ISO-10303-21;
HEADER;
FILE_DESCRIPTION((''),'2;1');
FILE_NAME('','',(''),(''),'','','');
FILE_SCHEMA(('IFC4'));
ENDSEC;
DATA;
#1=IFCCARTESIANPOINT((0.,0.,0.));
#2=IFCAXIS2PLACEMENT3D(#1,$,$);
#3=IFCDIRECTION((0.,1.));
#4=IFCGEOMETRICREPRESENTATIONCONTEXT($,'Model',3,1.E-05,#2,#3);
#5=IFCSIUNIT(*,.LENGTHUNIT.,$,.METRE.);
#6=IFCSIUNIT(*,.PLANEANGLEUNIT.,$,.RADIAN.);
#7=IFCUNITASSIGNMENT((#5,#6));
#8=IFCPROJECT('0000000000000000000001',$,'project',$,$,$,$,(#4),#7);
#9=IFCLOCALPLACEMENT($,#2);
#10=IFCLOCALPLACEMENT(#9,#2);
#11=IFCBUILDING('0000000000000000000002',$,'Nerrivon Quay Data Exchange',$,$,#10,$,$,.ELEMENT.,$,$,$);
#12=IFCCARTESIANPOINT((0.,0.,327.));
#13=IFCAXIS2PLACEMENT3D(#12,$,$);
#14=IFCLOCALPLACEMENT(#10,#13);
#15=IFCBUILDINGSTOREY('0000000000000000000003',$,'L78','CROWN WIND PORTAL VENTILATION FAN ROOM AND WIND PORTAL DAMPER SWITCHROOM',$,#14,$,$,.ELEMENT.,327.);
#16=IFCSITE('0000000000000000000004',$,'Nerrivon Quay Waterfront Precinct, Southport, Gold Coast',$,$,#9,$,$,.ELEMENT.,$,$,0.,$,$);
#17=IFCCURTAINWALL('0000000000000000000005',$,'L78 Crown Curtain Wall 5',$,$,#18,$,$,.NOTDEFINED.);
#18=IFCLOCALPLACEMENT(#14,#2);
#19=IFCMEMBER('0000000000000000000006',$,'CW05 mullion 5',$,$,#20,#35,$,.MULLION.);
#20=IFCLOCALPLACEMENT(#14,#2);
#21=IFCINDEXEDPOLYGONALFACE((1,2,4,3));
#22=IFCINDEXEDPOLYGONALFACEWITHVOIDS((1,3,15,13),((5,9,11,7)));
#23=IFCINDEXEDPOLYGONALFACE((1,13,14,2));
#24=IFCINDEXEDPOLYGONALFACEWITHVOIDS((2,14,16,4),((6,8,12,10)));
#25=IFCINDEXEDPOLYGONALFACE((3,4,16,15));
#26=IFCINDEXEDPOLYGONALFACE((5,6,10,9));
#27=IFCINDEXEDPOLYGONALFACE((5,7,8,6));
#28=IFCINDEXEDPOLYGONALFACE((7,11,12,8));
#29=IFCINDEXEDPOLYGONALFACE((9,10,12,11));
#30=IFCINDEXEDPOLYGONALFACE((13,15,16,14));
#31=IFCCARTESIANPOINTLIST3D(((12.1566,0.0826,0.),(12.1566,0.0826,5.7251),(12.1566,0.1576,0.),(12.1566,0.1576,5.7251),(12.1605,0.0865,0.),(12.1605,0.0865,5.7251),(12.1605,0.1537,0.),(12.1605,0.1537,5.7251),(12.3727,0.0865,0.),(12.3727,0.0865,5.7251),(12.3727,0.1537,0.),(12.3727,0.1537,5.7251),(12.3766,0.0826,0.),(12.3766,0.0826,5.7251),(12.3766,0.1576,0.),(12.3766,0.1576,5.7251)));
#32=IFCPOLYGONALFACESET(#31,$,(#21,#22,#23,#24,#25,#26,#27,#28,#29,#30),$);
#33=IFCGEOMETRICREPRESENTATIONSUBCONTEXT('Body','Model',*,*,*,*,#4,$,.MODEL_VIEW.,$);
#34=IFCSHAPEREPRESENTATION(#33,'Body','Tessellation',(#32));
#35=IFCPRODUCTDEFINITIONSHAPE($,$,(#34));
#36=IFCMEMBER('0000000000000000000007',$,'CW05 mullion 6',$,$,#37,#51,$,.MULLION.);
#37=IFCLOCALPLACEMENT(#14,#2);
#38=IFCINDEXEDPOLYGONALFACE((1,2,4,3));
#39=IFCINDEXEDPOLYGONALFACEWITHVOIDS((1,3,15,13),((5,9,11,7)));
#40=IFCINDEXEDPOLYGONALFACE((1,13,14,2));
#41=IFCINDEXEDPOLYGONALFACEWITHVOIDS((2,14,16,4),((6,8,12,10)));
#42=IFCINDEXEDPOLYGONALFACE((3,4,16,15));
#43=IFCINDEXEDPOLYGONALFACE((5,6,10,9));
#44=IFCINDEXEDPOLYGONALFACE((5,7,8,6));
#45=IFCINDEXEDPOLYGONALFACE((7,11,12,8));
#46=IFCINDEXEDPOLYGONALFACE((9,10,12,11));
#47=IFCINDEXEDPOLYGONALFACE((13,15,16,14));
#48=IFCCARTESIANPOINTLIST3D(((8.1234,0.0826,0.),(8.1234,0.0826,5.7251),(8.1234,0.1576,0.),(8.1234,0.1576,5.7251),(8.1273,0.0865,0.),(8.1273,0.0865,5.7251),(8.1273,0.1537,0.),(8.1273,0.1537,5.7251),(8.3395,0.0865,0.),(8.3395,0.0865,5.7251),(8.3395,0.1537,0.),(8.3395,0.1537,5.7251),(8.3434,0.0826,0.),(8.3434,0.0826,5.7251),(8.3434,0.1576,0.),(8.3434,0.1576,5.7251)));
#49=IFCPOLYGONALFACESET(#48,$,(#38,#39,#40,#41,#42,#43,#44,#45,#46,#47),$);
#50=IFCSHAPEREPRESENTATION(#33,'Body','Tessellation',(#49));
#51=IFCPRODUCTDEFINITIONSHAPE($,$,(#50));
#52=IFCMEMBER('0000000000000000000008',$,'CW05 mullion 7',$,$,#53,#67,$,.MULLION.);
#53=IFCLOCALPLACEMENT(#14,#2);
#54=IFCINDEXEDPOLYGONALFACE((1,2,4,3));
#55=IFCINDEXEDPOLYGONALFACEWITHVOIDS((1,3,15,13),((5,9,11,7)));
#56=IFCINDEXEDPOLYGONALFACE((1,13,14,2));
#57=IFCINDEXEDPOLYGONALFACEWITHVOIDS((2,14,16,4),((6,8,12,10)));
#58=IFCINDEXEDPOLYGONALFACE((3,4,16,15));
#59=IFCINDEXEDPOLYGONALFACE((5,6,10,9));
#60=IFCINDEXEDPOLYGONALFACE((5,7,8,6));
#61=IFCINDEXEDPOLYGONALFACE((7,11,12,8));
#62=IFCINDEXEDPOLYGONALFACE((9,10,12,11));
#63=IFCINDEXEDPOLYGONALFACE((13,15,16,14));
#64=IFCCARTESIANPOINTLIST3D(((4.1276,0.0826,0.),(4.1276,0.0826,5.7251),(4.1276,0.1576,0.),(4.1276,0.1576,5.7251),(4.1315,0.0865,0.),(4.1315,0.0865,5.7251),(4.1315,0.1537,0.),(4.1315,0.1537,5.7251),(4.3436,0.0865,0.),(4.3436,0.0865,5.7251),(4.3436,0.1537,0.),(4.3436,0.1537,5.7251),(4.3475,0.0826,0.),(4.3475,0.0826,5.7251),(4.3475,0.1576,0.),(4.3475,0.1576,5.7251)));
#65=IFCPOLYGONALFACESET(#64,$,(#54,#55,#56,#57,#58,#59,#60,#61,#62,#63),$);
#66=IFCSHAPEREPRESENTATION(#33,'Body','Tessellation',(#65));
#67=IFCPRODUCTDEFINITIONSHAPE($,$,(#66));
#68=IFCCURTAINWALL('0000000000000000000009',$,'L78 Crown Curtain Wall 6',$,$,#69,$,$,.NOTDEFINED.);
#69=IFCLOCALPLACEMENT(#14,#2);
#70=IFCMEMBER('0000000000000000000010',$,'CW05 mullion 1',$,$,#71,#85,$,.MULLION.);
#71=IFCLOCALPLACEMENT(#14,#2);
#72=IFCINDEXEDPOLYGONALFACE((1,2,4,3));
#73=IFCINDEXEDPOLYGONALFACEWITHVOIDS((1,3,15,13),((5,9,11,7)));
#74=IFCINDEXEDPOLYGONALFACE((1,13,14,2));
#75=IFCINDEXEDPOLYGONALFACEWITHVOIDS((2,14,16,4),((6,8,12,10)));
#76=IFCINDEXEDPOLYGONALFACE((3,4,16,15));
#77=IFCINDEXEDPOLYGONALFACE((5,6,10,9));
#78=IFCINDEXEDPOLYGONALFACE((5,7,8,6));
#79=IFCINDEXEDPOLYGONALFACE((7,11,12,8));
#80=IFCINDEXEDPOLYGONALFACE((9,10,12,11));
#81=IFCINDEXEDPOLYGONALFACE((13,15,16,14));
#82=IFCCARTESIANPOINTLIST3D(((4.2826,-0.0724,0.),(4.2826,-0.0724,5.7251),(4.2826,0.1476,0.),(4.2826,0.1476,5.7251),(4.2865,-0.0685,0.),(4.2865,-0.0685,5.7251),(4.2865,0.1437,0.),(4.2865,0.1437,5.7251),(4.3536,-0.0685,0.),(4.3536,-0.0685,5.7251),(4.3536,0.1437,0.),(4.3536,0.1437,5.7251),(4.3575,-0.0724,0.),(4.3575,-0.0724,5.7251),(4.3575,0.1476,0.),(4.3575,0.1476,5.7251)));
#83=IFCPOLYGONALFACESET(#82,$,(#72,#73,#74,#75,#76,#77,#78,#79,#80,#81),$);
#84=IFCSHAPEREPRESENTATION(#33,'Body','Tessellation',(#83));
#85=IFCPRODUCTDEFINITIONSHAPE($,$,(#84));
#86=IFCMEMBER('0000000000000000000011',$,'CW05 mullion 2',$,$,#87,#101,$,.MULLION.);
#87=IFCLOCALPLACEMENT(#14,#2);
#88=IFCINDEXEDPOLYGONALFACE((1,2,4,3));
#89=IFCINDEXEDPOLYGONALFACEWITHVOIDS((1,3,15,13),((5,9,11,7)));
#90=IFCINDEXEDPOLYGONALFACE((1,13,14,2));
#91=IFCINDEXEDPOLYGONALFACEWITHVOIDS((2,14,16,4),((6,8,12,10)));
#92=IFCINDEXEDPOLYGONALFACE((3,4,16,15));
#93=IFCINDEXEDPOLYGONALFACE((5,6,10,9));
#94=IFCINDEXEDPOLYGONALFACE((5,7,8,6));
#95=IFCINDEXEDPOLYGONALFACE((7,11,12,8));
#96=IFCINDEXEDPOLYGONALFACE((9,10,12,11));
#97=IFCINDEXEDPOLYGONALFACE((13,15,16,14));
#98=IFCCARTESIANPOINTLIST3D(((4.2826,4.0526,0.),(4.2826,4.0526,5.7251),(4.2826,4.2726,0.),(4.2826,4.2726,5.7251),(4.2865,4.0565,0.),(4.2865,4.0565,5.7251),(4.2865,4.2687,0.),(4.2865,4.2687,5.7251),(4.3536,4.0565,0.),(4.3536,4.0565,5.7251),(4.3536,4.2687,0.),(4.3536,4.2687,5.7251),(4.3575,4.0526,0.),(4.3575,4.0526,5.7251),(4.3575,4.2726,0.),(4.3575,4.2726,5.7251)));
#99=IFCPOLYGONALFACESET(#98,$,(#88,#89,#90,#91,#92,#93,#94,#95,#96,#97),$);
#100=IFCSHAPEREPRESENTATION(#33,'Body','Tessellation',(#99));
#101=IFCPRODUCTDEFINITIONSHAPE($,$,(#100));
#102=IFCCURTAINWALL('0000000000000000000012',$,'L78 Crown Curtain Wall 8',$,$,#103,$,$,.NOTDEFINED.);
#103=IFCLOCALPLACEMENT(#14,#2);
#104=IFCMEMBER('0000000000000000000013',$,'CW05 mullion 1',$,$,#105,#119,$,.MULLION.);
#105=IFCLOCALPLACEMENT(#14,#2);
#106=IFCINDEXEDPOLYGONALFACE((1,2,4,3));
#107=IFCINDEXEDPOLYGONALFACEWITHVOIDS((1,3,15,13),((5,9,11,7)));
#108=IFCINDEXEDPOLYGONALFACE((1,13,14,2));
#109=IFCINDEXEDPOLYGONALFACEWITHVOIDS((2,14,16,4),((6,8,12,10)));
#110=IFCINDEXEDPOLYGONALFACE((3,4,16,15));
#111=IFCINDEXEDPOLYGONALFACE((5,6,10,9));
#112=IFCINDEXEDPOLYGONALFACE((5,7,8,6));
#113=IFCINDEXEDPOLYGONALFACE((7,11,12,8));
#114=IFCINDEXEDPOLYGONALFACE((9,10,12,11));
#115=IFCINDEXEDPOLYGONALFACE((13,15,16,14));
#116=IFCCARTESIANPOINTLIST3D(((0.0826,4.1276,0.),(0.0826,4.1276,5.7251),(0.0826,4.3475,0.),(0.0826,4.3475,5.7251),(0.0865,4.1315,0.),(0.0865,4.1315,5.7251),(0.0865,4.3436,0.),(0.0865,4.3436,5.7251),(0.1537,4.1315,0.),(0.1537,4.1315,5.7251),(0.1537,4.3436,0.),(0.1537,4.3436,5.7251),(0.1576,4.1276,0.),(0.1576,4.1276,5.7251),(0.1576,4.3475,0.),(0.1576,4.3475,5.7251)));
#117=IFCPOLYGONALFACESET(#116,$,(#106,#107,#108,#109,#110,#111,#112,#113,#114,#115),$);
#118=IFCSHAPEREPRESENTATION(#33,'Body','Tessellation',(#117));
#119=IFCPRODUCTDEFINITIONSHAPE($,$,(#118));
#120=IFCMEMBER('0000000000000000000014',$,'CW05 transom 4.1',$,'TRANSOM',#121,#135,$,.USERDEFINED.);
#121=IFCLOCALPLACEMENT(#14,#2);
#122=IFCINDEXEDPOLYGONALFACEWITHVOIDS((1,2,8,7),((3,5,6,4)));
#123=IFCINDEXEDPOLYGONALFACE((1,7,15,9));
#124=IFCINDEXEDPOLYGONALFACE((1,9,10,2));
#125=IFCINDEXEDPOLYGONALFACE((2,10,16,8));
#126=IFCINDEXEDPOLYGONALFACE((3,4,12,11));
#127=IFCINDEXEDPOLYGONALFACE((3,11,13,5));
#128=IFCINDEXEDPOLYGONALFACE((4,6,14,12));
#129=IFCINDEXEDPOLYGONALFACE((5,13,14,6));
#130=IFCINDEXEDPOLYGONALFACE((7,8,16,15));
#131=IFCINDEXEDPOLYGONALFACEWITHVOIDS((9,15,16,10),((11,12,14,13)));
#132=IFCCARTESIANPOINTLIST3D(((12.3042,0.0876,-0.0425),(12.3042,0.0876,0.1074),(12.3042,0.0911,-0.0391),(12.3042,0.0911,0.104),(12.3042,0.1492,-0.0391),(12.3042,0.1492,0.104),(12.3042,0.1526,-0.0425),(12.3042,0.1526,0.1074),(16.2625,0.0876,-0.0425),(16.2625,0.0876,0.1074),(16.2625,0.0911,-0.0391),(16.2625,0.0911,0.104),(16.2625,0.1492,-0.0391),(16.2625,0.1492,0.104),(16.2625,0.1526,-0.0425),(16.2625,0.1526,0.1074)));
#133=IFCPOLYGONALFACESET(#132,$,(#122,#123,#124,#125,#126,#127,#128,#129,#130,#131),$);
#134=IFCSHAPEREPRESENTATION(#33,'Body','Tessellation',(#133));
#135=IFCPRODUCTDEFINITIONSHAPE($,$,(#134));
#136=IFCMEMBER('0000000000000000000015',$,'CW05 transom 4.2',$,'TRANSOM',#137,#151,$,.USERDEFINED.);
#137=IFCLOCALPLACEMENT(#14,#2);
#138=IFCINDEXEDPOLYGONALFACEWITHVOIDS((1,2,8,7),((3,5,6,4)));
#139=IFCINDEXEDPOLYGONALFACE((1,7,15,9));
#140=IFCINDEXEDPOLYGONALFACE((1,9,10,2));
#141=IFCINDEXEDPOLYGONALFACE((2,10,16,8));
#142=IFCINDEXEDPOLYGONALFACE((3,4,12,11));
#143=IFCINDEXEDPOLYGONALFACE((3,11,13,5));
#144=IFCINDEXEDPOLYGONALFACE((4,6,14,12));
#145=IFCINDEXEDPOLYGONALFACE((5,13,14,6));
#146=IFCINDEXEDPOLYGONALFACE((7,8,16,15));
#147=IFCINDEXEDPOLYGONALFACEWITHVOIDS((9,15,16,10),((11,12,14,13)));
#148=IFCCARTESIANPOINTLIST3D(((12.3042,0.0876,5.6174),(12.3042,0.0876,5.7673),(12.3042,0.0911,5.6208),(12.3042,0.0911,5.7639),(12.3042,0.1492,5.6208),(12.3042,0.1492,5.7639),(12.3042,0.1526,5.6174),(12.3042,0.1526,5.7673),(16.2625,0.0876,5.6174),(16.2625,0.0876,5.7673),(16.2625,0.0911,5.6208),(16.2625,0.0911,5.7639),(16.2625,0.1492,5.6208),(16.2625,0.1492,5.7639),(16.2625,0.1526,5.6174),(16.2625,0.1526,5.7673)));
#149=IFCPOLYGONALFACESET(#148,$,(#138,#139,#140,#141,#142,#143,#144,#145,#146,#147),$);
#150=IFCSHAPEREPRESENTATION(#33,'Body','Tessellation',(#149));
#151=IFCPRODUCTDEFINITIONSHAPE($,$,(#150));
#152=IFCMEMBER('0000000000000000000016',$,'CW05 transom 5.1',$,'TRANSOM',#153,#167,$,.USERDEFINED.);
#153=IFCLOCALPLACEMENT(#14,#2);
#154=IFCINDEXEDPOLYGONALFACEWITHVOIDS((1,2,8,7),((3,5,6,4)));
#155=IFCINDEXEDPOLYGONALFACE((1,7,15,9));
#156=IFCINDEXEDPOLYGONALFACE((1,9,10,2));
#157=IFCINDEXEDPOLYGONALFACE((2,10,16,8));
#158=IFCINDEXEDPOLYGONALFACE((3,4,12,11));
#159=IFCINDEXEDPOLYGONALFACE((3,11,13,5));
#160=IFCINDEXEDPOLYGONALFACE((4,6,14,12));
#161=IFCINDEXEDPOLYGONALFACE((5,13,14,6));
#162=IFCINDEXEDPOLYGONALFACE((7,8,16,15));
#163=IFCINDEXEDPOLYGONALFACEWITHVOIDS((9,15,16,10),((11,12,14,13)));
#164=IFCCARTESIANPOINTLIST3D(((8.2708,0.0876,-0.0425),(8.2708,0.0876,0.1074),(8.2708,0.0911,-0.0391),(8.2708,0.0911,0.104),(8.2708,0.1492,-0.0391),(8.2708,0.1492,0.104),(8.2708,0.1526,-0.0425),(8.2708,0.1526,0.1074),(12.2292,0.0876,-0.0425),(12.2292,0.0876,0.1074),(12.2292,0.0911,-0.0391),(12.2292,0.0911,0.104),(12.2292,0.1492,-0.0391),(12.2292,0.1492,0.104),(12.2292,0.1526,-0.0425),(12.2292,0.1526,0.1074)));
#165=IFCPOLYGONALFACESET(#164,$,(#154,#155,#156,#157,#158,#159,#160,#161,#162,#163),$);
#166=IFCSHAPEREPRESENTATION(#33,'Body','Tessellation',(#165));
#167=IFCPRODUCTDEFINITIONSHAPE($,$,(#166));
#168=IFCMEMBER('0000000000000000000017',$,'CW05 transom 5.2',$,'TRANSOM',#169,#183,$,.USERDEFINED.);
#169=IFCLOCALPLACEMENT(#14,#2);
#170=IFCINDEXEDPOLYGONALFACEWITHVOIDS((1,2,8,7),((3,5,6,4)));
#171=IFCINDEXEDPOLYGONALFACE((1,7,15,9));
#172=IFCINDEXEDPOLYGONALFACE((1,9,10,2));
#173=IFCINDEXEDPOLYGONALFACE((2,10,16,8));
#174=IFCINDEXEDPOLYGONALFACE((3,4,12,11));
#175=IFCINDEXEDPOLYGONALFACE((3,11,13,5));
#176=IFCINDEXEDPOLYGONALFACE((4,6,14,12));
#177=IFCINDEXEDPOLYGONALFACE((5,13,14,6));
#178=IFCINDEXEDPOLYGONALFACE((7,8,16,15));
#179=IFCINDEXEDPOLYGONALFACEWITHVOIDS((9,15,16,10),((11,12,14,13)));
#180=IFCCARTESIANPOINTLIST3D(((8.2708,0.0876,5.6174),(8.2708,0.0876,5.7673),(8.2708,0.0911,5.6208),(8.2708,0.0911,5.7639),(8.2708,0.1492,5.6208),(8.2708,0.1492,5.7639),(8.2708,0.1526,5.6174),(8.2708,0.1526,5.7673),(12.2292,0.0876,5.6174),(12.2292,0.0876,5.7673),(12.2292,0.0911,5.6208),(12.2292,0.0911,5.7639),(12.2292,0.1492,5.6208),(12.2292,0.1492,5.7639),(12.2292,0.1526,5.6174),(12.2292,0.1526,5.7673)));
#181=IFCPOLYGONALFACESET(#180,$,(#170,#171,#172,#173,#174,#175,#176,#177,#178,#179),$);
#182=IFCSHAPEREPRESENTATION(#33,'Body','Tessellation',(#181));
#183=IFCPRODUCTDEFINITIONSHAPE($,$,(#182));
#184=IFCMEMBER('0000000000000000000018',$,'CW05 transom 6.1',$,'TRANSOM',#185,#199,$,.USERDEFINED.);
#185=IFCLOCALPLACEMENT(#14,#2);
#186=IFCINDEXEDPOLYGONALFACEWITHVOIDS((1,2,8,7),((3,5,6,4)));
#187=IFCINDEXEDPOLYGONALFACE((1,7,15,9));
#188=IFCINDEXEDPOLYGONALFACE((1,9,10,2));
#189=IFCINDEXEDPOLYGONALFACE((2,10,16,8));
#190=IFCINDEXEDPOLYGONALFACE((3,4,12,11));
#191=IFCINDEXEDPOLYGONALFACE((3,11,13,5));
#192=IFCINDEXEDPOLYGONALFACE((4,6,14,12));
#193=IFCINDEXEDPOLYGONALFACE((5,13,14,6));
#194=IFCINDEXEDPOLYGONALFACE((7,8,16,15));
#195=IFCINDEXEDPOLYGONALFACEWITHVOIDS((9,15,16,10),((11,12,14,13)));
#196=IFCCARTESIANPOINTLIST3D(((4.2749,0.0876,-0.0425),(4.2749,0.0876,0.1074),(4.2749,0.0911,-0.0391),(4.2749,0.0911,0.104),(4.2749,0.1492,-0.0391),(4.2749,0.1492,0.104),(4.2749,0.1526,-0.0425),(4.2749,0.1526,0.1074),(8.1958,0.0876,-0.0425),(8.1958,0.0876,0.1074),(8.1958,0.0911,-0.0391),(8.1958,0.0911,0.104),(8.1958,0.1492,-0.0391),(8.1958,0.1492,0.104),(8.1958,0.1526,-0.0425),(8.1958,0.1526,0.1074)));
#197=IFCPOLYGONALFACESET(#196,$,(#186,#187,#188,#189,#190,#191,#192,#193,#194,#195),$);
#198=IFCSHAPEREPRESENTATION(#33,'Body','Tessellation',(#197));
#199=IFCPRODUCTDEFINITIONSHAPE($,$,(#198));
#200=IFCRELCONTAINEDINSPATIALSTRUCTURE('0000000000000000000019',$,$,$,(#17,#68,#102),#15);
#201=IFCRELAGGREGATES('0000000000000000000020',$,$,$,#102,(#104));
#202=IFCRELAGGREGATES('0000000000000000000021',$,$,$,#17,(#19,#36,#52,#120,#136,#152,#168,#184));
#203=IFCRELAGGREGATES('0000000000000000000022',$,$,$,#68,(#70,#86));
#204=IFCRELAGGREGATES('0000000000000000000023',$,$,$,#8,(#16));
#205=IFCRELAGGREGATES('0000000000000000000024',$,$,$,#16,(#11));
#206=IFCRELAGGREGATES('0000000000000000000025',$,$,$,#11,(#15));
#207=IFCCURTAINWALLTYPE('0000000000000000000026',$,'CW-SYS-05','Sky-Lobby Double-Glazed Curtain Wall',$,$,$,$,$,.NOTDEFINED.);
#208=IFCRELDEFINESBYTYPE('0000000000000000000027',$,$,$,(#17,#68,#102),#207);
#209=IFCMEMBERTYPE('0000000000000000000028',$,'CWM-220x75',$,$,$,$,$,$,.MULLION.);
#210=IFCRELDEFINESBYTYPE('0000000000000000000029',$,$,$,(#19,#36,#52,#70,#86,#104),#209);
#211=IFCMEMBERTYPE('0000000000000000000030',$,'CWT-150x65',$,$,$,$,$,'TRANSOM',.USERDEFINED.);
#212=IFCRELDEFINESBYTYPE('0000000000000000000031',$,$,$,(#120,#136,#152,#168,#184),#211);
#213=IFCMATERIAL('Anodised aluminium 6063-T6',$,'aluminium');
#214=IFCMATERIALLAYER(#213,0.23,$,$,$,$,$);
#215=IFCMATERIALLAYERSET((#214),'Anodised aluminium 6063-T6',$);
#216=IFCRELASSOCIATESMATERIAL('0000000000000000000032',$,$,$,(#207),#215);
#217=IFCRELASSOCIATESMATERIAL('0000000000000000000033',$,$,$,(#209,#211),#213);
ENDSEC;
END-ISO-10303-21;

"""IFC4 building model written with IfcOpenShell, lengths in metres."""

from ifc_helpers import new_model, si_unit, direction, frame, origin, origin_2d, place, context, subcontext, project, spatial, hollow_rectangle, extrude, material, layer, layer_set, material_profile, profile_set, type_object, element, aggregate, save


model = new_model("IFC4")

# Units and contexts
model_context = context("Model", 3, precision=1e-05, world=origin(), true_north=direction((0.0, 1.0)))
body_context = subcontext(model_context, "Body", "Model", "MODEL_VIEW")
ifc_project = project(units=[si_unit("LENGTHUNIT", "METRE"), si_unit("PLANEANGLEUNIT", "RADIAN")], contexts=[model_context])

# Site, building, storey
site_placement = place(None, origin())
site = spatial("IfcSite", under=ifc_project, at=site_placement, Name="Nerrivon Quay Waterfront Precinct, Southport, Gold Coast", CompositionType="ELEMENT", RefElevation=0.0)
building_placement = place(site_placement, origin())
building = spatial("IfcBuilding", under=site, at=building_placement, Name="Nerrivon Quay Data Exchange", CompositionType="ELEMENT")
storey_placement = place(building_placement, frame((0.0, 0.0, 327.0)))
storey = spatial("IfcBuildingStorey", under=building, at=storey_placement, Name="L78", Description="CROWN WIND PORTAL VENTILATION FAN ROOM AND WIND PORTAL DAMPER SWITCHROOM", CompositionType="ELEMENT", Elevation=327.0)

# Curtain walls, members
ifc_material_1 = material(Name="Anodised aluminium 6063-T6", Category="aluminium")
ifc_layer_1 = layer(ifc_material_1, 0.23)
ifc_layer_set_1 = layer_set([ifc_layer_1], Name="Anodised aluminium 6063-T6")
curtain_wall_type = type_object("IfcCurtainWallType", Name="CW-SYS-05", Description="Sky-Lobby Double-Glazed Curtain Wall", PredefinedType="NOTDEFINED", material=ifc_layer_set_1)
curtain_wall_1_placement = place(storey_placement, origin())
curtain_wall_1 = element("IfcCurtainWall", 1, at=curtain_wall_1_placement, inside=storey, type_object=curtain_wall_type, Name="L78 Crown Curtain Wall 5", PredefinedType="NOTDEFINED")
ifc_material_profile_1 = material_profile(ifc_material_1, hollow_rectangle(XDim=0.075, YDim=0.22, WallThickness=0.0039, at=origin_2d()), Name="ALU-MULL-220x75")
ifc_profile_set_1 = profile_set([ifc_material_profile_1], Name="Anodised aluminium 6063-T6")
member_type_1 = type_object("IfcMemberType", Name="CWM-220x75", PredefinedType="MULLION", material=ifc_profile_set_1)
member_1_placement = place(storey_placement, frame((12.2666, 0.1201, 0.0), z_axis=(0.0, 0.0, 1.0), x_axis=(0.0, -1.0, 0.0)))
member_1 = element("IfcMember", 2, at=member_1_placement, type_object=member_type_1, Name="CW05 mullion 5", PredefinedType="MULLION", context=body_context, shape_type="SweptSolid", body=[
    extrude(hollow_rectangle(XDim=0.075, YDim=0.22, WallThickness=0.0039, at=origin_2d()), origin(), (0.0, 0.0, 1.0), 5.7251),
])
member_2_placement = place(storey_placement, frame((8.2334, 0.1201, 0.0), z_axis=(0.0, 0.0, 1.0), x_axis=(0.0, -1.0, 0.0)))
member_2 = element("IfcMember", 3, at=member_2_placement, type_object=member_type_1, Name="CW05 mullion 6", PredefinedType="MULLION", context=body_context, shape_type="SweptSolid", body=[
    extrude(hollow_rectangle(XDim=0.075, YDim=0.22, WallThickness=0.0039, at=origin_2d()), origin(), (0.0, 0.0, 1.0), 5.7251),
])
member_3_placement = place(storey_placement, frame((4.2375, 0.1201, 0.0), z_axis=(0.0, 0.0, 1.0), x_axis=(0.0, -1.0, 0.0)))
member_3 = element("IfcMember", 4, at=member_3_placement, type_object=member_type_1, Name="CW05 mullion 7", PredefinedType="MULLION", context=body_context, shape_type="SweptSolid", body=[
    extrude(hollow_rectangle(XDim=0.075, YDim=0.22, WallThickness=0.0039, at=origin_2d()), origin(), (0.0, 0.0, 1.0), 5.7251),
])
curtain_wall_2_placement = place(storey_placement, origin())
curtain_wall_2 = element("IfcCurtainWall", 5, at=curtain_wall_2_placement, inside=storey, type_object=curtain_wall_type, Name="L78 Crown Curtain Wall 6", PredefinedType="NOTDEFINED")
member_4_placement = place(storey_placement, frame((4.3201, 0.0376, 0.0), z_axis=(0.0, 0.0, 1.0), x_axis=(-1.0, 0.0, 0.0)))
member_4 = element("IfcMember", 6, at=member_4_placement, type_object=member_type_1, Name="CW05 mullion 1", PredefinedType="MULLION", context=body_context, shape_type="SweptSolid", body=[
    extrude(hollow_rectangle(XDim=0.075, YDim=0.22, WallThickness=0.0039, at=origin_2d()), origin(), (0.0, 0.0, 1.0), 5.7251),
])
member_5_placement = place(storey_placement, frame((4.3201, 4.1626, 0.0), z_axis=(0.0, 0.0, 1.0), x_axis=(-1.0, 0.0, 0.0)))
member_5 = element("IfcMember", 7, at=member_5_placement, type_object=member_type_1, Name="CW05 mullion 2", PredefinedType="MULLION", context=body_context, shape_type="SweptSolid", body=[
    extrude(hollow_rectangle(XDim=0.075, YDim=0.22, WallThickness=0.0039, at=origin_2d()), origin(), (0.0, 0.0, 1.0), 5.7251),
])

# Curtain wall, member
curtain_wall_3_placement = place(storey_placement, origin())
curtain_wall_3 = element("IfcCurtainWall", 8, at=curtain_wall_3_placement, inside=storey, type_object=curtain_wall_type, Name="L78 Crown Curtain Wall 8", PredefinedType="NOTDEFINED")
member_6_placement = place(storey_placement, frame((0.1201, 4.2375, 0.0), z_axis=(0.0, 0.0, 1.0), x_axis=(-1.0, 0.0, 0.0)))
member_6 = element("IfcMember", 9, at=member_6_placement, type_object=member_type_1, Name="CW05 mullion 1", PredefinedType="MULLION", context=body_context, shape_type="SweptSolid", body=[
    extrude(hollow_rectangle(XDim=0.075, YDim=0.22, WallThickness=0.0039, at=origin_2d()), origin(), (0.0, 0.0, 1.0), 5.7251),
])
aggregate(curtain_wall_3, [member_6])

# Members
ifc_material_profile_2 = material_profile(ifc_material_1, hollow_rectangle(XDim=0.0649, YDim=0.1499, WallThickness=0.0034, at=origin_2d()), Name="ALU-TRAN-150x65")
ifc_profile_set_2 = profile_set([ifc_material_profile_2], Name="Anodised aluminium 6063-T6")
member_type_2 = type_object("IfcMemberType", Name="CWT-150x65", ElementType="TRANSOM", PredefinedType="USERDEFINED", material=ifc_profile_set_2)
member_7_placement = place(storey_placement, frame((16.2625, 0.1201, 0.0325), z_axis=(-1.0, 0.0, 0.0), x_axis=(0.0, -1.0, 0.0)))
member_7 = element("IfcMember", 10, at=member_7_placement, type_object=member_type_2, Name="CW05 transom 4.1", ObjectType="TRANSOM", PredefinedType="USERDEFINED", context=body_context, shape_type="SweptSolid", body=[
    extrude(hollow_rectangle(XDim=0.0649, YDim=0.1499, WallThickness=0.0034, at=origin_2d()), origin(), (0.0, 0.0, 1.0), 3.9583),
])
member_8_placement = place(storey_placement, frame((16.2625, 0.1201, 5.6924), z_axis=(-1.0, 0.0, 0.0), x_axis=(0.0, -1.0, 0.0)))
member_8 = element("IfcMember", 11, at=member_8_placement, type_object=member_type_2, Name="CW05 transom 4.2", ObjectType="TRANSOM", PredefinedType="USERDEFINED", context=body_context, shape_type="SweptSolid", body=[
    extrude(hollow_rectangle(XDim=0.0649, YDim=0.1499, WallThickness=0.0034, at=origin_2d()), origin(), (0.0, 0.0, 1.0), 3.9583),
])
member_9_placement = place(storey_placement, frame((12.2292, 0.1201, 0.0325), z_axis=(-1.0, 0.0, 0.0), x_axis=(0.0, -1.0, 0.0)))
member_9 = element("IfcMember", 12, at=member_9_placement, type_object=member_type_2, Name="CW05 transom 5.1", ObjectType="TRANSOM", PredefinedType="USERDEFINED", context=body_context, shape_type="SweptSolid", body=[
    extrude(hollow_rectangle(XDim=0.0649, YDim=0.1499, WallThickness=0.0034, at=origin_2d()), origin(), (0.0, 0.0, 1.0), 3.9585),
])
member_10_placement = place(storey_placement, frame((12.2292, 0.1201, 5.6924), z_axis=(-1.0, 0.0, 0.0), x_axis=(0.0, -1.0, 0.0)))
member_10 = element("IfcMember", 13, at=member_10_placement, type_object=member_type_2, Name="CW05 transom 5.2", ObjectType="TRANSOM", PredefinedType="USERDEFINED", context=body_context, shape_type="SweptSolid", body=[
    extrude(hollow_rectangle(XDim=0.0649, YDim=0.1499, WallThickness=0.0034, at=origin_2d()), origin(), (0.0, 0.0, 1.0), 3.9585),
])
member_11_placement = place(storey_placement, frame((8.1958, 0.1201, 0.0325), z_axis=(-1.0, 0.0, 0.0), x_axis=(0.0, -1.0, 0.0)))
member_11 = element("IfcMember", 14, at=member_11_placement, type_object=member_type_2, Name="CW05 transom 6.1", ObjectType="TRANSOM", PredefinedType="USERDEFINED", context=body_context, shape_type="SweptSolid", body=[
    extrude(hollow_rectangle(XDim=0.0649, YDim=0.1499, WallThickness=0.0034, at=origin_2d()), origin(), (0.0, 0.0, 1.0), 3.9209),
])

aggregate(curtain_wall_1, [member_1, member_2, member_3, member_7, member_8, member_9, member_10, member_11])
aggregate(curtain_wall_2, [member_4, member_5])

save(model, "model.ifc")
